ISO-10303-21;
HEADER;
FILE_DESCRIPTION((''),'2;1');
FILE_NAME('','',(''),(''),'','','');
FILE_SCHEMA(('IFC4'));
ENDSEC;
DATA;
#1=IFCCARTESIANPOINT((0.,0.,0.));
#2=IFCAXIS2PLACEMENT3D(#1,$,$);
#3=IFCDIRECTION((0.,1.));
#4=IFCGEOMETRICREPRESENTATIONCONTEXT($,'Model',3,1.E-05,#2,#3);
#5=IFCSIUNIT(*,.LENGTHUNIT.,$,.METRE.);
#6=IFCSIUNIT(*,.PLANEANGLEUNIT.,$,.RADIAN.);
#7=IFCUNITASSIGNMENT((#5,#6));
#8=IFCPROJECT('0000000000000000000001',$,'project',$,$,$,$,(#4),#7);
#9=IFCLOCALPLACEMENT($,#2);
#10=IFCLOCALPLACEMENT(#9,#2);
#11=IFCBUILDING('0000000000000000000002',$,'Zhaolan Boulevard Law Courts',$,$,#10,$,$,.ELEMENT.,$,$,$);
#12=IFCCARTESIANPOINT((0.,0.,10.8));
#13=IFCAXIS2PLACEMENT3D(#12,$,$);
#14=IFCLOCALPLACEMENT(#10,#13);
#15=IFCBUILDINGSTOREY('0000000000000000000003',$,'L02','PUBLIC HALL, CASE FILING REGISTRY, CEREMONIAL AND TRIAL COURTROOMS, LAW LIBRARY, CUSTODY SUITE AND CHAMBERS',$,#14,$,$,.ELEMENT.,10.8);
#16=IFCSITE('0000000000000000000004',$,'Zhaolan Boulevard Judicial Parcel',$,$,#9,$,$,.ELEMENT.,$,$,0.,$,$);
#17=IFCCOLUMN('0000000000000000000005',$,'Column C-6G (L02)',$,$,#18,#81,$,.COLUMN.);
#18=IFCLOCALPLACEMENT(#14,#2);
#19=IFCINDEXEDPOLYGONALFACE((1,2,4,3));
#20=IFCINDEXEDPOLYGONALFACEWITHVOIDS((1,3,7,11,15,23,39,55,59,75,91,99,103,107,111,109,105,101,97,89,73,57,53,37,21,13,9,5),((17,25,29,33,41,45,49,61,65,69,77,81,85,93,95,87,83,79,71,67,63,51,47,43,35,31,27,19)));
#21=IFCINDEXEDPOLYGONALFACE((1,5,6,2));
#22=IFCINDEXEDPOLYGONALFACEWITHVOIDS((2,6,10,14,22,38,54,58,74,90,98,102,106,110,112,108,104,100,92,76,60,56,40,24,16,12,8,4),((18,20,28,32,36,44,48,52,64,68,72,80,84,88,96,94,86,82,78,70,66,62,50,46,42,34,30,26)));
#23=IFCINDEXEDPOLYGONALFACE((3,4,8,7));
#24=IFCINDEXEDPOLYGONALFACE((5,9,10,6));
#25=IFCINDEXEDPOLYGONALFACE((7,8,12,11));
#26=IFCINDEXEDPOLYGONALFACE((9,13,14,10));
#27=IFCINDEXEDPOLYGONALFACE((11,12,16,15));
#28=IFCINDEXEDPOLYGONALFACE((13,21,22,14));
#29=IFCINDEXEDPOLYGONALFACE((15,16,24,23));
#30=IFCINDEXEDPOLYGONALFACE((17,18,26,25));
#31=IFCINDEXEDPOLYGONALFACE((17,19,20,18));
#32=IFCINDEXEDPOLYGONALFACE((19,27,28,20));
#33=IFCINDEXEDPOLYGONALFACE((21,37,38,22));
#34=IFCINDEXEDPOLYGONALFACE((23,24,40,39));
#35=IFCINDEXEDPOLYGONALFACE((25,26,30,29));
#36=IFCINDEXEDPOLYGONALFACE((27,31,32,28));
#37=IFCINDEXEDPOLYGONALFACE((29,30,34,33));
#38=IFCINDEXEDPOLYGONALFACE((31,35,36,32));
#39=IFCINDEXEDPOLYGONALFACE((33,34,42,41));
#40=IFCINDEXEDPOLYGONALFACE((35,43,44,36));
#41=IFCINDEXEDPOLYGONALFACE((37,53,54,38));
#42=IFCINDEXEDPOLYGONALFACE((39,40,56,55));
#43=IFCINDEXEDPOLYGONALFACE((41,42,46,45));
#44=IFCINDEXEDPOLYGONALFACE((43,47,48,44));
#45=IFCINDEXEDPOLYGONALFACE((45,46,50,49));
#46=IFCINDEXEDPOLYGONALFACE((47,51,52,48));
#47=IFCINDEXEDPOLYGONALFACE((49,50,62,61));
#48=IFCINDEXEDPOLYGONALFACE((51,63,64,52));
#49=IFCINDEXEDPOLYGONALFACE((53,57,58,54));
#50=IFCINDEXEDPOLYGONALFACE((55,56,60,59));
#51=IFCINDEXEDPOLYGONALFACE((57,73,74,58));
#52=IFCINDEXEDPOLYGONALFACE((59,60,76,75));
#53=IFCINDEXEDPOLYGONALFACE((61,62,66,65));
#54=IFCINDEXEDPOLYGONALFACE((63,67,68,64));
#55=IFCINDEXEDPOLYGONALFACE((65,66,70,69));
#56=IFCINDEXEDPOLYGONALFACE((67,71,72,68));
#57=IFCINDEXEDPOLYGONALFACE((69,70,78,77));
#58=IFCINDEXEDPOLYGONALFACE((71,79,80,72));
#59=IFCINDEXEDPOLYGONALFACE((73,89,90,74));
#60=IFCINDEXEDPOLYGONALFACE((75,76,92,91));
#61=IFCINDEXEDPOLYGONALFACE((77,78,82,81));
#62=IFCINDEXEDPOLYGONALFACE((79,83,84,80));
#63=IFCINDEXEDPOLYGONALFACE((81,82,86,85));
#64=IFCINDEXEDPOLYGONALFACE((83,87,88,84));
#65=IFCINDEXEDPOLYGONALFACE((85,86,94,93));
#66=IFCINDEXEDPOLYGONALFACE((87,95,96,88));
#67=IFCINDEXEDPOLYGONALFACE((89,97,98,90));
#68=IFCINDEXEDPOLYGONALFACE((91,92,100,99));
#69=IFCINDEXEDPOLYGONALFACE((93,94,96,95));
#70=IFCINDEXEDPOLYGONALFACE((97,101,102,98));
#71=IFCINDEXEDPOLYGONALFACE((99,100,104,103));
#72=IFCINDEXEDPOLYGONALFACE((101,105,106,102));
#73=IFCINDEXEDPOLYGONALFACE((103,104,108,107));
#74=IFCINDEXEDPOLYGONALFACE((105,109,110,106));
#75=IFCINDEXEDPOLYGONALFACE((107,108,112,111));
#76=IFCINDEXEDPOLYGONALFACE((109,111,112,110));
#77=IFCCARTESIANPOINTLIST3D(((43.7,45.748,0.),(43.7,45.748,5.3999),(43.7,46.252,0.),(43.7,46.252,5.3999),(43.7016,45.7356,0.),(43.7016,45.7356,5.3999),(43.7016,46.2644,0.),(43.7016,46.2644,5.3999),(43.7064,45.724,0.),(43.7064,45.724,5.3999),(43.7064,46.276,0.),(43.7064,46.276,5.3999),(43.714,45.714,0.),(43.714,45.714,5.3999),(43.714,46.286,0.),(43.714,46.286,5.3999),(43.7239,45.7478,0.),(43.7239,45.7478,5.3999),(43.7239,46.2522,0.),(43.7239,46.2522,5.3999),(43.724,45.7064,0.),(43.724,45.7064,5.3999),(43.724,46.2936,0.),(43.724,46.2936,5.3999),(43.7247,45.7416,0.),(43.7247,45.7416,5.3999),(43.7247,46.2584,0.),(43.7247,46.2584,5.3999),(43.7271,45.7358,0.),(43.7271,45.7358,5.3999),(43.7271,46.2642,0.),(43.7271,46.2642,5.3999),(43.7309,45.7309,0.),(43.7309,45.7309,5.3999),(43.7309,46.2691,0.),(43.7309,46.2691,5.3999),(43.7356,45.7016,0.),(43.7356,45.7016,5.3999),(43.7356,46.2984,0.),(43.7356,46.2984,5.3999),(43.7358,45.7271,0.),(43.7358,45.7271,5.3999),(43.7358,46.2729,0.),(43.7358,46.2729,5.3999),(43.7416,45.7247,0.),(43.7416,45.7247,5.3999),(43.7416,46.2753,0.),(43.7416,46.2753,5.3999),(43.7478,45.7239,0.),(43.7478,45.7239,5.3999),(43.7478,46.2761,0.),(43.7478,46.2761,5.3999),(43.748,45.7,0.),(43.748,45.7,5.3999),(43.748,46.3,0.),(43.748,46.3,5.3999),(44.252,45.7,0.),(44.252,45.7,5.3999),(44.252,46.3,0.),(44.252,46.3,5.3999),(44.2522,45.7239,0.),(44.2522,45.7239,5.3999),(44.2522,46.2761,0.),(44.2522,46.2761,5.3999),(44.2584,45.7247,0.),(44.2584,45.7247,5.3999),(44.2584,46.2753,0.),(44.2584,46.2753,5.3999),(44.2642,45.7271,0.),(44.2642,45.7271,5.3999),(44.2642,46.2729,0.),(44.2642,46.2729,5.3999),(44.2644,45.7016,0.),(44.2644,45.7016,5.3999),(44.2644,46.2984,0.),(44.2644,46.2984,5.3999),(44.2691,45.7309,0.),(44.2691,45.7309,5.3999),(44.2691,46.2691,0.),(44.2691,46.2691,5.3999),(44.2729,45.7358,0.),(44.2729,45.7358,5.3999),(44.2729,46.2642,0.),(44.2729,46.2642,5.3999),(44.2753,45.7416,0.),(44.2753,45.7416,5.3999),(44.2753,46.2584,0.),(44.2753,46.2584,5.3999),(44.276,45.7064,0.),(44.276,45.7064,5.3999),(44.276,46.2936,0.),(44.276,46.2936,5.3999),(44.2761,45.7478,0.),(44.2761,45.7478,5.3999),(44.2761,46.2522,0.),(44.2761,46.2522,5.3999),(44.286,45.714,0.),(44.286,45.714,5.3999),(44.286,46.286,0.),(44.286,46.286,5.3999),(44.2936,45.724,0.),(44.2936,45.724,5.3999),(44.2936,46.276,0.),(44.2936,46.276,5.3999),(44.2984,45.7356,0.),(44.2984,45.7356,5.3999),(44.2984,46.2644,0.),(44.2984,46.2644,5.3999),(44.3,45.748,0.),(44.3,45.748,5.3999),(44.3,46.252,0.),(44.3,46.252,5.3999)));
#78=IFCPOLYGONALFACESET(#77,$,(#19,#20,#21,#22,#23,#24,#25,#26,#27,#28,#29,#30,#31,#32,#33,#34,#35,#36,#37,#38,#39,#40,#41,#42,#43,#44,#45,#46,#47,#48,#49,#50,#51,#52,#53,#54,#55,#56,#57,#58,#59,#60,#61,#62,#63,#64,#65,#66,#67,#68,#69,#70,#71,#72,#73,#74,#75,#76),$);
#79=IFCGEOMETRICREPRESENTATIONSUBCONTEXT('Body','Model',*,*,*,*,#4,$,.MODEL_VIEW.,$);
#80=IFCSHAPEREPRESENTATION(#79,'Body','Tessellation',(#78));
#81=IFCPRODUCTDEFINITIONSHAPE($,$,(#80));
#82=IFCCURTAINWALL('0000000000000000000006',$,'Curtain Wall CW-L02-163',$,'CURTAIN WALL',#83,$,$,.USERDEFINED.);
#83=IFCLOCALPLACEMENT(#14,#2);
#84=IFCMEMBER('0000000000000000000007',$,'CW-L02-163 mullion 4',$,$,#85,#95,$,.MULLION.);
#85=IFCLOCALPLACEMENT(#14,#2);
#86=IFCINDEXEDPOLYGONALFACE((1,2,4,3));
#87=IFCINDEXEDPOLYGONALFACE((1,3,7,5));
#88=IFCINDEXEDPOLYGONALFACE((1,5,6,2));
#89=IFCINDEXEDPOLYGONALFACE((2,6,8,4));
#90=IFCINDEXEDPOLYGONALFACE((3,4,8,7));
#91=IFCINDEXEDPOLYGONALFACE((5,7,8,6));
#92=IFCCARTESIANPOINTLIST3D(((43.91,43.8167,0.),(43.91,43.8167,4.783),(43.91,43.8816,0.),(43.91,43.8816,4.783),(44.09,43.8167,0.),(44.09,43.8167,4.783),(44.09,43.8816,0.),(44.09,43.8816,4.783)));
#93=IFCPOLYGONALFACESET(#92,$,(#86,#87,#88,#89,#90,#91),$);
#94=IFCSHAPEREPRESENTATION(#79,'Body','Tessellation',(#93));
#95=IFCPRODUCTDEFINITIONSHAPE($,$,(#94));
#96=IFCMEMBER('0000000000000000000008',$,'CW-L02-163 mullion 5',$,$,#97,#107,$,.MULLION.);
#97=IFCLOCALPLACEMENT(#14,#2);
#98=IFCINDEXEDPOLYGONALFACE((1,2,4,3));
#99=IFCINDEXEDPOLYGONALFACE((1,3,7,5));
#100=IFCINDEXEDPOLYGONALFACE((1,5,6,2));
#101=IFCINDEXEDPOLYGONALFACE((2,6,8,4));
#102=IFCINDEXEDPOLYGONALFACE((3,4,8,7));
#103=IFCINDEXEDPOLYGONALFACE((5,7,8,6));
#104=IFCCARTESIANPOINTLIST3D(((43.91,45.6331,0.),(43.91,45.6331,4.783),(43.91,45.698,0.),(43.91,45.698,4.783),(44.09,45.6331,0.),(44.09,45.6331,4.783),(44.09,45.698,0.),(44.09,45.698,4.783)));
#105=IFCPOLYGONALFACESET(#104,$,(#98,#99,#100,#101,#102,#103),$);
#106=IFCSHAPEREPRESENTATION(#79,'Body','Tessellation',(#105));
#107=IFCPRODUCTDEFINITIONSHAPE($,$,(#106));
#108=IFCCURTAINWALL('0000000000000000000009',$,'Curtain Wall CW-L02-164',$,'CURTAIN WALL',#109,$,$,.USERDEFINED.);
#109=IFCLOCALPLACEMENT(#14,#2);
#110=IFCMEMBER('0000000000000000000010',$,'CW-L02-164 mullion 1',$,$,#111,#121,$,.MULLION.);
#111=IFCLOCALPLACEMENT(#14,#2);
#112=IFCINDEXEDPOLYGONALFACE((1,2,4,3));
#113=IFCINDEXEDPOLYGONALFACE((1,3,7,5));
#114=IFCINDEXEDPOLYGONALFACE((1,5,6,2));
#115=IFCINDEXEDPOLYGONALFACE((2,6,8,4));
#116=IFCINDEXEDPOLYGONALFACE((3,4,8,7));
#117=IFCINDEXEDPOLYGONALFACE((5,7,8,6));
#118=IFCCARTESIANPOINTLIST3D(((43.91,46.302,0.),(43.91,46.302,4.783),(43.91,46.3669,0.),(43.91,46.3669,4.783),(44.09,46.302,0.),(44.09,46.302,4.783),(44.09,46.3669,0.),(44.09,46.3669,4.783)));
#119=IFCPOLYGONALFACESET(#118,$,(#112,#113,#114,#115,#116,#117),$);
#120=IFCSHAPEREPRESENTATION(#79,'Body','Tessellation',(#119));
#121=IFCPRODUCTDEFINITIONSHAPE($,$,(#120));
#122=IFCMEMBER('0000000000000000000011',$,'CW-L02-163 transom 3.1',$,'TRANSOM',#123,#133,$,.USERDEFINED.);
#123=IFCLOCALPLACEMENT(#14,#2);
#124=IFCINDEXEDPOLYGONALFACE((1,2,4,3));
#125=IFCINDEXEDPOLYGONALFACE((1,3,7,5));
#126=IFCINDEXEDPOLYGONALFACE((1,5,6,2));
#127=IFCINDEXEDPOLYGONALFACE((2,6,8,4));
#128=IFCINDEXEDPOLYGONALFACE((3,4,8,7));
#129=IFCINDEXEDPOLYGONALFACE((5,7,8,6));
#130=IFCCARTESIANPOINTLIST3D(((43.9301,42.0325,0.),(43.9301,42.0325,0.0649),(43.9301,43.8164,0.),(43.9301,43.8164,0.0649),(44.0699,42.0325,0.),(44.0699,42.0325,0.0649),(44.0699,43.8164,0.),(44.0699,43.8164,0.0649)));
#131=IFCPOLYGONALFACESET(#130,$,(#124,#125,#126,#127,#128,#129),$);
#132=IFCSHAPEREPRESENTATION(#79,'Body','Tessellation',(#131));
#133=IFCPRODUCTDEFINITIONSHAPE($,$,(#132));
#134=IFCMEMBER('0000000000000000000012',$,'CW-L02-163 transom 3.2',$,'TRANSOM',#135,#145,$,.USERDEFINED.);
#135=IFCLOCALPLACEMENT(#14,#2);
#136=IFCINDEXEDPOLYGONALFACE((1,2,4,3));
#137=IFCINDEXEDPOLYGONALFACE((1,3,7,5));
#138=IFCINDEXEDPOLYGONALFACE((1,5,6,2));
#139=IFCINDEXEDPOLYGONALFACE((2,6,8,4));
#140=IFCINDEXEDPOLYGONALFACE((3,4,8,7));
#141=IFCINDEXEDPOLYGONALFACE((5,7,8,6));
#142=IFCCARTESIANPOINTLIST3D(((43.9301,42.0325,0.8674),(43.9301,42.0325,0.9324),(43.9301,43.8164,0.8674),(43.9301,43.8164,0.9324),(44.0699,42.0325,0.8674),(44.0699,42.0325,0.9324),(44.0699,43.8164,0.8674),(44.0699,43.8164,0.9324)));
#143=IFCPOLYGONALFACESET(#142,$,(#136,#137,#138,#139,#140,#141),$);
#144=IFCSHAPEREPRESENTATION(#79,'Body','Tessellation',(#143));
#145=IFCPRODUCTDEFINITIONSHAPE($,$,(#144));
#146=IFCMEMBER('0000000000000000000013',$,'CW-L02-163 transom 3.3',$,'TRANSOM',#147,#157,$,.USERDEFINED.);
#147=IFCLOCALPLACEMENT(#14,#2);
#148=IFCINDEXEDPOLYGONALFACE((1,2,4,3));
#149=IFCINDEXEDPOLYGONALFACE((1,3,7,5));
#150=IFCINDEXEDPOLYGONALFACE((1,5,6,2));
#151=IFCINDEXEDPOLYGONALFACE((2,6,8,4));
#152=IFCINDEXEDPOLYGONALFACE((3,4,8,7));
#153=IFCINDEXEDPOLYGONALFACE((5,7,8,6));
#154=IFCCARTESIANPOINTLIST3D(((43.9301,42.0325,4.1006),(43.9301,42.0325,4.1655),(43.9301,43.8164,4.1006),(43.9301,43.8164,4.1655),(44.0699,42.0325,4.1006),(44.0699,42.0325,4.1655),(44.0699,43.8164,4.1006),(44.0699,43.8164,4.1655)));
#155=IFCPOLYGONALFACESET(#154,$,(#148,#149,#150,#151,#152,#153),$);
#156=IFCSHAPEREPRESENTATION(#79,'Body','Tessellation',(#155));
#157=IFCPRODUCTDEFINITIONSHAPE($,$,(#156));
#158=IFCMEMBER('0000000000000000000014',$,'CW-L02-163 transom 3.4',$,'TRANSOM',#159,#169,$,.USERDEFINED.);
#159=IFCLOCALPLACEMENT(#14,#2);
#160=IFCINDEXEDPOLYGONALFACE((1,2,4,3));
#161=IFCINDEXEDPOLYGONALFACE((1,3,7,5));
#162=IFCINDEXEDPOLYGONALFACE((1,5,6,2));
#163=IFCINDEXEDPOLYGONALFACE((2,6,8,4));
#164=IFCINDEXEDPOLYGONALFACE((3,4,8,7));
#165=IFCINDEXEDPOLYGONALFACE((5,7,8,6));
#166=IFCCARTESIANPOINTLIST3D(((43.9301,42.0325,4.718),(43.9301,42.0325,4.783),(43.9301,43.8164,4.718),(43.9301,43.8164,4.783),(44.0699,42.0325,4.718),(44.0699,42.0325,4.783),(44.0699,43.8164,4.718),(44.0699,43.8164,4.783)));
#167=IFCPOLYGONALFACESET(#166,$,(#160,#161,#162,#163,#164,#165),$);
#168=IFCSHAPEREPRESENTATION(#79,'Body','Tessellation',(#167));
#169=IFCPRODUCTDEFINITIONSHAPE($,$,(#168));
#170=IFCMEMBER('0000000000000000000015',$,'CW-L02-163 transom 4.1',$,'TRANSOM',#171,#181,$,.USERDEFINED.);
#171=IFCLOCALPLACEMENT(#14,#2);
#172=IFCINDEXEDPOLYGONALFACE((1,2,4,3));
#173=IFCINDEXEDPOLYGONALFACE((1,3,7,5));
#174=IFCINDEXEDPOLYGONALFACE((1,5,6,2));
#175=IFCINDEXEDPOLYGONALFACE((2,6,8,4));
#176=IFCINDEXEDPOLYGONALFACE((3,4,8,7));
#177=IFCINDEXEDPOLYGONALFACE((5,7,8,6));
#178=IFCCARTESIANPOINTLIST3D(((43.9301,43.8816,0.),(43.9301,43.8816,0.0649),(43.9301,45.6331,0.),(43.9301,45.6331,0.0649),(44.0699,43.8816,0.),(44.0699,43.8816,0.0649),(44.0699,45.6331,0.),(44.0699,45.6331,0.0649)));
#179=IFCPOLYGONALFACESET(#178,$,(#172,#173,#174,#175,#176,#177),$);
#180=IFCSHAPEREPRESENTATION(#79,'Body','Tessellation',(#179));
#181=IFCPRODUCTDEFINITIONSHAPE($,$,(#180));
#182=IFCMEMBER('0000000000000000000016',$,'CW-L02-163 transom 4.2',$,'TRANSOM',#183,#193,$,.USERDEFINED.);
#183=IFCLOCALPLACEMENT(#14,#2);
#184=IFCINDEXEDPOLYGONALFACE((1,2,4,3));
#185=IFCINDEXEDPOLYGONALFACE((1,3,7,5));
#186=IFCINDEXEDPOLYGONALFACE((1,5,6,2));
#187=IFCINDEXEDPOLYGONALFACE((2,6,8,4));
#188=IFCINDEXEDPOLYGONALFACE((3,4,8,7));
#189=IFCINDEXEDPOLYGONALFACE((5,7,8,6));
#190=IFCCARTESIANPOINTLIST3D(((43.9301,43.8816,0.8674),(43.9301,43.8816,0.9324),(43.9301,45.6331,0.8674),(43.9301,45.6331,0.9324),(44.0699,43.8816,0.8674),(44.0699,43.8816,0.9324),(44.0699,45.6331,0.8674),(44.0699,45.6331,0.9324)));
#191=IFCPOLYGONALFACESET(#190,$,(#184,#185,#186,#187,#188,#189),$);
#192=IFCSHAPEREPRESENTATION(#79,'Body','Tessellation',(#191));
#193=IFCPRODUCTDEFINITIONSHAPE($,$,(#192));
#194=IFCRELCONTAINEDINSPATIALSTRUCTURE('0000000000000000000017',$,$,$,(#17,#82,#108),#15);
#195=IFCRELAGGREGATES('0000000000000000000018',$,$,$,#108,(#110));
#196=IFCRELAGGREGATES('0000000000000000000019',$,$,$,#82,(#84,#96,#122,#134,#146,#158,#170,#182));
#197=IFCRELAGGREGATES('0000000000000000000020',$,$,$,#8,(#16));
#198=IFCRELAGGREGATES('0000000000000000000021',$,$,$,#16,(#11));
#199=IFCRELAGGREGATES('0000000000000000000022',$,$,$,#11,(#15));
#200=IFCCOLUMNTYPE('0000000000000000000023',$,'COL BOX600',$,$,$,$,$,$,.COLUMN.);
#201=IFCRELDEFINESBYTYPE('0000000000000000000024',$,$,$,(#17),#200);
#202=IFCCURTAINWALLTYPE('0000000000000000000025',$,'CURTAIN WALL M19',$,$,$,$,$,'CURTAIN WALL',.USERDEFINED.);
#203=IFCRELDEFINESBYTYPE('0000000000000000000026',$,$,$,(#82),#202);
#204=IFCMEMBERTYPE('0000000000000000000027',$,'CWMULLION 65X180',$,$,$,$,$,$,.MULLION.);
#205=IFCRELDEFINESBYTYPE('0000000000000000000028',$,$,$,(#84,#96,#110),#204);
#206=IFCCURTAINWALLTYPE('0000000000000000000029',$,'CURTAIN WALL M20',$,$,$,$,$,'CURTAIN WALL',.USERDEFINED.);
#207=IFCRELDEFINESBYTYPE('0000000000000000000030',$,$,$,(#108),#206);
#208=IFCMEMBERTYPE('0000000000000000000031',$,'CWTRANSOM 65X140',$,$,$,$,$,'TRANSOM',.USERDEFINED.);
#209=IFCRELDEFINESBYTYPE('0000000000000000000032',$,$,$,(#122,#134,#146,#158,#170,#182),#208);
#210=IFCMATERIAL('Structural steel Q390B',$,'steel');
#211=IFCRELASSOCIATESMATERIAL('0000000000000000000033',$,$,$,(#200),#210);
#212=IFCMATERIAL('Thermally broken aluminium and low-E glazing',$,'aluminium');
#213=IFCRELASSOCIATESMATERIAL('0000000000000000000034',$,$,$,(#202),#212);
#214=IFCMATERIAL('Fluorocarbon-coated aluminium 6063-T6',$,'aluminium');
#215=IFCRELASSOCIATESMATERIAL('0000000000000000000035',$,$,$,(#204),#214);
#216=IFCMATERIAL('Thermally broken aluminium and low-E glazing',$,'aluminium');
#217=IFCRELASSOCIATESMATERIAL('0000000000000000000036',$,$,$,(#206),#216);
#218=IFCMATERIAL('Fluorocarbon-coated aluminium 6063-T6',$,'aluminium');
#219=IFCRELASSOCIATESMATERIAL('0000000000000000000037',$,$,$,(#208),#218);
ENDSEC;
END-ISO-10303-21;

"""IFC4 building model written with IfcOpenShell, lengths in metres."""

from ifc_helpers import new_model, si_unit, direction, frame, origin, origin_2d, place, context, subcontext, project, spatial, rectangle, hollow_rectangle, extrude, material, material_profile, profile_set, type_object, element, aggregate, save


model = new_model("IFC4")

# Units and contexts
model_context = context("Model", 3, precision=1e-05, world=origin(), true_north=direction((0.0, 1.0)))
body_context = subcontext(model_context, "Body", "Model", "MODEL_VIEW")
ifc_project = project(units=[si_unit("LENGTHUNIT", "METRE"), si_unit("PLANEANGLEUNIT", "RADIAN")], contexts=[model_context])

# Site, building, storey
site_placement = place(None, origin())
site = spatial("IfcSite", under=ifc_project, at=site_placement, Name="Zhaolan Boulevard Judicial Parcel", CompositionType="ELEMENT", RefElevation=0.0)
building_placement = place(site_placement, origin())
building = spatial("IfcBuilding", under=site, at=building_placement, Name="Zhaolan Boulevard Law Courts", CompositionType="ELEMENT")
storey_placement = place(building_placement, frame((0.0, 0.0, 10.8)))
storey = spatial("IfcBuildingStorey", under=building, at=storey_placement, Name="L02", Description="PUBLIC HALL, CASE FILING REGISTRY, CEREMONIAL AND TRIAL COURTROOMS, LAW LIBRARY, CUSTODY SUITE AND CHAMBERS", CompositionType="ELEMENT", Elevation=10.8)

# Column
ifc_material_1 = material(Name="Structural steel Q390B", Category="steel")
ifc_material_profile_1 = material_profile(ifc_material_1, hollow_rectangle(XDim=0.6001, YDim=0.6001, WallThickness=0.0239, InnerFilletRadius=0.0239, OuterFilletRadius=0.0481, at=origin_2d()), Name="BOX600x600x24")
ifc_profile_set_1 = profile_set([ifc_material_profile_1], Name="Structural steel Q390B")
column_type = type_object("IfcColumnType", Name="COL BOX600", PredefinedType="COLUMN", material=ifc_profile_set_1)
column_placement = place(storey_placement, frame((44.0, 46.0, 0.0), z_axis=(0.0, 0.0, 1.0), x_axis=(1.0, 0.0, 0.0)))
element("IfcColumn", 1, at=column_placement, inside=storey, type_object=column_type, Name="Column C-6G (L02)", PredefinedType="COLUMN", context=body_context, shape_type="SweptSolid", body=[
    extrude(hollow_rectangle(XDim=0.6001, YDim=0.6001, WallThickness=0.0239, InnerFilletRadius=0.0239, OuterFilletRadius=0.0481, at=origin_2d()), origin(), (0.0, 0.0, 1.0), 5.3999),
])

# Curtain wall, members
ifc_material_2 = material(Name="Thermally broken aluminium and low-E glazing", Category="aluminium")
curtain_wall_type_1 = type_object("IfcCurtainWallType", Name="CURTAIN WALL M19", ElementType="CURTAIN WALL", PredefinedType="USERDEFINED", material=ifc_material_2)
curtain_wall_1_placement = place(storey_placement, origin())
curtain_wall_1 = element("IfcCurtainWall", 2, at=curtain_wall_1_placement, inside=storey, type_object=curtain_wall_type_1, Name="Curtain Wall CW-L02-163", ObjectType="CURTAIN WALL", PredefinedType="USERDEFINED")
ifc_material_3 = material(Name="Fluorocarbon-coated aluminium 6063-T6", Category="aluminium")
ifc_material_profile_2 = material_profile(ifc_material_3, rectangle(XDim=0.1799, YDim=0.0649, at=origin_2d()), Name="AL65x180")
ifc_profile_set_2 = profile_set([ifc_material_profile_2], Name="Fluorocarbon-coated aluminium 6063-T6")
member_type_1 = type_object("IfcMemberType", Name="CWMULLION 65X180", PredefinedType="MULLION", material=ifc_profile_set_2)
member_1_placement = place(storey_placement, frame((44.0, 43.8491, 0.0), z_axis=(0.0, 0.0, 1.0), x_axis=(-1.0, 0.0, 0.0)))
member_1 = element("IfcMember", 3, at=member_1_placement, type_object=member_type_1, Name="CW-L02-163 mullion 4", PredefinedType="MULLION", context=body_context, shape_type="SweptSolid", body=[
    extrude(rectangle(XDim=0.1799, YDim=0.0649, at=origin_2d()), origin(), (0.0, 0.0, 1.0), 4.783),
])
member_2_placement = place(storey_placement, frame((44.0, 45.6655, 0.0), z_axis=(0.0, 0.0, 1.0), x_axis=(-1.0, 0.0, 0.0)))
member_2 = element("IfcMember", 4, at=member_2_placement, type_object=member_type_1, Name="CW-L02-163 mullion 5", PredefinedType="MULLION", context=body_context, shape_type="SweptSolid", body=[
    extrude(rectangle(XDim=0.1799, YDim=0.0649, at=origin_2d()), origin(), (0.0, 0.0, 1.0), 4.783),
])

# Curtain wall, member
ifc_material_4 = material(Name="Thermally broken aluminium and low-E glazing", Category="aluminium")
curtain_wall_type_2 = type_object("IfcCurtainWallType", Name="CURTAIN WALL M20", ElementType="CURTAIN WALL", PredefinedType="USERDEFINED", material=ifc_material_4)
curtain_wall_2_placement = place(storey_placement, origin())
curtain_wall_2 = element("IfcCurtainWall", 5, at=curtain_wall_2_placement, inside=storey, type_object=curtain_wall_type_2, Name="Curtain Wall CW-L02-164", ObjectType="CURTAIN WALL", PredefinedType="USERDEFINED")
member_3_placement = place(storey_placement, frame((44.0, 46.3345, 0.0), z_axis=(0.0, 0.0, 1.0), x_axis=(-1.0, 0.0, 0.0)))
member_3 = element("IfcMember", 6, at=member_3_placement, type_object=member_type_1, Name="CW-L02-164 mullion 1", PredefinedType="MULLION", context=body_context, shape_type="SweptSolid", body=[
    extrude(rectangle(XDim=0.1799, YDim=0.0649, at=origin_2d()), origin(), (0.0, 0.0, 1.0), 4.783),
])

# Members
ifc_material_5 = material(Name="Fluorocarbon-coated aluminium 6063-T6", Category="aluminium")
ifc_material_profile_3 = material_profile(ifc_material_5, rectangle(XDim=0.1399, YDim=0.0649, at=origin_2d()), Name="AL65x140")
ifc_profile_set_3 = profile_set([ifc_material_profile_3], Name="Fluorocarbon-coated aluminium 6063-T6")
member_type_2 = type_object("IfcMemberType", Name="CWTRANSOM 65X140", ElementType="TRANSOM", PredefinedType="USERDEFINED", material=ifc_profile_set_3)
member_4_placement = place(storey_placement, frame((44.0, 42.0325, 0.0325), z_axis=(0.0, 1.0, 0.0), x_axis=(-1.0, 0.0, 0.0)))
member_4 = element("IfcMember", 7, at=member_4_placement, type_object=member_type_2, Name="CW-L02-163 transom 3.1", ObjectType="TRANSOM", PredefinedType="USERDEFINED", context=body_context, shape_type="SweptSolid", body=[
    extrude(rectangle(XDim=0.1399, YDim=0.0649, at=origin_2d()), origin(), (0.0, 0.0, 1.0), 1.7839),
])
member_5_placement = place(storey_placement, frame((44.0, 42.0325, 0.8999), z_axis=(0.0, 1.0, 0.0), x_axis=(-1.0, 0.0, 0.0)))
member_5 = element("IfcMember", 8, at=member_5_placement, type_object=member_type_2, Name="CW-L02-163 transom 3.2", ObjectType="TRANSOM", PredefinedType="USERDEFINED", context=body_context, shape_type="SweptSolid", body=[
    extrude(rectangle(XDim=0.1399, YDim=0.0649, at=origin_2d()), origin(), (0.0, 0.0, 1.0), 1.7839),
])
member_6_placement = place(storey_placement, frame((44.0, 42.0325, 4.1331), z_axis=(0.0, 1.0, 0.0), x_axis=(-1.0, 0.0, 0.0)))
member_6 = element("IfcMember", 9, at=member_6_placement, type_object=member_type_2, Name="CW-L02-163 transom 3.3", ObjectType="TRANSOM", PredefinedType="USERDEFINED", context=body_context, shape_type="SweptSolid", body=[
    extrude(rectangle(XDim=0.1399, YDim=0.0649, at=origin_2d()), origin(), (0.0, 0.0, 1.0), 1.7839),
])
member_7_placement = place(storey_placement, frame((44.0, 42.0325, 4.7505), z_axis=(0.0, 1.0, 0.0), x_axis=(-1.0, 0.0, 0.0)))
member_7 = element("IfcMember", 10, at=member_7_placement, type_object=member_type_2, Name="CW-L02-163 transom 3.4", ObjectType="TRANSOM", PredefinedType="USERDEFINED", context=body_context, shape_type="SweptSolid", body=[
    extrude(rectangle(XDim=0.1399, YDim=0.0649, at=origin_2d()), origin(), (0.0, 0.0, 1.0), 1.7839),
])
member_8_placement = place(storey_placement, frame((44.0, 43.8816, 0.0325), z_axis=(0.0, 1.0, 0.0), x_axis=(-1.0, 0.0, 0.0)))
member_8 = element("IfcMember", 11, at=member_8_placement, type_object=member_type_2, Name="CW-L02-163 transom 4.1", ObjectType="TRANSOM", PredefinedType="USERDEFINED", context=body_context, shape_type="SweptSolid", body=[
    extrude(rectangle(XDim=0.1399, YDim=0.0649, at=origin_2d()), origin(), (0.0, 0.0, 1.0), 1.7515),
])
member_9_placement = place(storey_placement, frame((44.0, 43.8816, 0.8999), z_axis=(0.0, 1.0, 0.0), x_axis=(-1.0, 0.0, 0.0)))
member_9 = element("IfcMember", 12, at=member_9_placement, type_object=member_type_2, Name="CW-L02-163 transom 4.2", ObjectType="TRANSOM", PredefinedType="USERDEFINED", context=body_context, shape_type="SweptSolid", body=[
    extrude(rectangle(XDim=0.1399, YDim=0.0649, at=origin_2d()), origin(), (0.0, 0.0, 1.0), 1.7515),
])
aggregate(curtain_wall_2, [member_3])

aggregate(curtain_wall_1, [member_1, member_2, member_4, member_5, member_6, member_7, member_8, member_9])

save(model, "model.ifc")
